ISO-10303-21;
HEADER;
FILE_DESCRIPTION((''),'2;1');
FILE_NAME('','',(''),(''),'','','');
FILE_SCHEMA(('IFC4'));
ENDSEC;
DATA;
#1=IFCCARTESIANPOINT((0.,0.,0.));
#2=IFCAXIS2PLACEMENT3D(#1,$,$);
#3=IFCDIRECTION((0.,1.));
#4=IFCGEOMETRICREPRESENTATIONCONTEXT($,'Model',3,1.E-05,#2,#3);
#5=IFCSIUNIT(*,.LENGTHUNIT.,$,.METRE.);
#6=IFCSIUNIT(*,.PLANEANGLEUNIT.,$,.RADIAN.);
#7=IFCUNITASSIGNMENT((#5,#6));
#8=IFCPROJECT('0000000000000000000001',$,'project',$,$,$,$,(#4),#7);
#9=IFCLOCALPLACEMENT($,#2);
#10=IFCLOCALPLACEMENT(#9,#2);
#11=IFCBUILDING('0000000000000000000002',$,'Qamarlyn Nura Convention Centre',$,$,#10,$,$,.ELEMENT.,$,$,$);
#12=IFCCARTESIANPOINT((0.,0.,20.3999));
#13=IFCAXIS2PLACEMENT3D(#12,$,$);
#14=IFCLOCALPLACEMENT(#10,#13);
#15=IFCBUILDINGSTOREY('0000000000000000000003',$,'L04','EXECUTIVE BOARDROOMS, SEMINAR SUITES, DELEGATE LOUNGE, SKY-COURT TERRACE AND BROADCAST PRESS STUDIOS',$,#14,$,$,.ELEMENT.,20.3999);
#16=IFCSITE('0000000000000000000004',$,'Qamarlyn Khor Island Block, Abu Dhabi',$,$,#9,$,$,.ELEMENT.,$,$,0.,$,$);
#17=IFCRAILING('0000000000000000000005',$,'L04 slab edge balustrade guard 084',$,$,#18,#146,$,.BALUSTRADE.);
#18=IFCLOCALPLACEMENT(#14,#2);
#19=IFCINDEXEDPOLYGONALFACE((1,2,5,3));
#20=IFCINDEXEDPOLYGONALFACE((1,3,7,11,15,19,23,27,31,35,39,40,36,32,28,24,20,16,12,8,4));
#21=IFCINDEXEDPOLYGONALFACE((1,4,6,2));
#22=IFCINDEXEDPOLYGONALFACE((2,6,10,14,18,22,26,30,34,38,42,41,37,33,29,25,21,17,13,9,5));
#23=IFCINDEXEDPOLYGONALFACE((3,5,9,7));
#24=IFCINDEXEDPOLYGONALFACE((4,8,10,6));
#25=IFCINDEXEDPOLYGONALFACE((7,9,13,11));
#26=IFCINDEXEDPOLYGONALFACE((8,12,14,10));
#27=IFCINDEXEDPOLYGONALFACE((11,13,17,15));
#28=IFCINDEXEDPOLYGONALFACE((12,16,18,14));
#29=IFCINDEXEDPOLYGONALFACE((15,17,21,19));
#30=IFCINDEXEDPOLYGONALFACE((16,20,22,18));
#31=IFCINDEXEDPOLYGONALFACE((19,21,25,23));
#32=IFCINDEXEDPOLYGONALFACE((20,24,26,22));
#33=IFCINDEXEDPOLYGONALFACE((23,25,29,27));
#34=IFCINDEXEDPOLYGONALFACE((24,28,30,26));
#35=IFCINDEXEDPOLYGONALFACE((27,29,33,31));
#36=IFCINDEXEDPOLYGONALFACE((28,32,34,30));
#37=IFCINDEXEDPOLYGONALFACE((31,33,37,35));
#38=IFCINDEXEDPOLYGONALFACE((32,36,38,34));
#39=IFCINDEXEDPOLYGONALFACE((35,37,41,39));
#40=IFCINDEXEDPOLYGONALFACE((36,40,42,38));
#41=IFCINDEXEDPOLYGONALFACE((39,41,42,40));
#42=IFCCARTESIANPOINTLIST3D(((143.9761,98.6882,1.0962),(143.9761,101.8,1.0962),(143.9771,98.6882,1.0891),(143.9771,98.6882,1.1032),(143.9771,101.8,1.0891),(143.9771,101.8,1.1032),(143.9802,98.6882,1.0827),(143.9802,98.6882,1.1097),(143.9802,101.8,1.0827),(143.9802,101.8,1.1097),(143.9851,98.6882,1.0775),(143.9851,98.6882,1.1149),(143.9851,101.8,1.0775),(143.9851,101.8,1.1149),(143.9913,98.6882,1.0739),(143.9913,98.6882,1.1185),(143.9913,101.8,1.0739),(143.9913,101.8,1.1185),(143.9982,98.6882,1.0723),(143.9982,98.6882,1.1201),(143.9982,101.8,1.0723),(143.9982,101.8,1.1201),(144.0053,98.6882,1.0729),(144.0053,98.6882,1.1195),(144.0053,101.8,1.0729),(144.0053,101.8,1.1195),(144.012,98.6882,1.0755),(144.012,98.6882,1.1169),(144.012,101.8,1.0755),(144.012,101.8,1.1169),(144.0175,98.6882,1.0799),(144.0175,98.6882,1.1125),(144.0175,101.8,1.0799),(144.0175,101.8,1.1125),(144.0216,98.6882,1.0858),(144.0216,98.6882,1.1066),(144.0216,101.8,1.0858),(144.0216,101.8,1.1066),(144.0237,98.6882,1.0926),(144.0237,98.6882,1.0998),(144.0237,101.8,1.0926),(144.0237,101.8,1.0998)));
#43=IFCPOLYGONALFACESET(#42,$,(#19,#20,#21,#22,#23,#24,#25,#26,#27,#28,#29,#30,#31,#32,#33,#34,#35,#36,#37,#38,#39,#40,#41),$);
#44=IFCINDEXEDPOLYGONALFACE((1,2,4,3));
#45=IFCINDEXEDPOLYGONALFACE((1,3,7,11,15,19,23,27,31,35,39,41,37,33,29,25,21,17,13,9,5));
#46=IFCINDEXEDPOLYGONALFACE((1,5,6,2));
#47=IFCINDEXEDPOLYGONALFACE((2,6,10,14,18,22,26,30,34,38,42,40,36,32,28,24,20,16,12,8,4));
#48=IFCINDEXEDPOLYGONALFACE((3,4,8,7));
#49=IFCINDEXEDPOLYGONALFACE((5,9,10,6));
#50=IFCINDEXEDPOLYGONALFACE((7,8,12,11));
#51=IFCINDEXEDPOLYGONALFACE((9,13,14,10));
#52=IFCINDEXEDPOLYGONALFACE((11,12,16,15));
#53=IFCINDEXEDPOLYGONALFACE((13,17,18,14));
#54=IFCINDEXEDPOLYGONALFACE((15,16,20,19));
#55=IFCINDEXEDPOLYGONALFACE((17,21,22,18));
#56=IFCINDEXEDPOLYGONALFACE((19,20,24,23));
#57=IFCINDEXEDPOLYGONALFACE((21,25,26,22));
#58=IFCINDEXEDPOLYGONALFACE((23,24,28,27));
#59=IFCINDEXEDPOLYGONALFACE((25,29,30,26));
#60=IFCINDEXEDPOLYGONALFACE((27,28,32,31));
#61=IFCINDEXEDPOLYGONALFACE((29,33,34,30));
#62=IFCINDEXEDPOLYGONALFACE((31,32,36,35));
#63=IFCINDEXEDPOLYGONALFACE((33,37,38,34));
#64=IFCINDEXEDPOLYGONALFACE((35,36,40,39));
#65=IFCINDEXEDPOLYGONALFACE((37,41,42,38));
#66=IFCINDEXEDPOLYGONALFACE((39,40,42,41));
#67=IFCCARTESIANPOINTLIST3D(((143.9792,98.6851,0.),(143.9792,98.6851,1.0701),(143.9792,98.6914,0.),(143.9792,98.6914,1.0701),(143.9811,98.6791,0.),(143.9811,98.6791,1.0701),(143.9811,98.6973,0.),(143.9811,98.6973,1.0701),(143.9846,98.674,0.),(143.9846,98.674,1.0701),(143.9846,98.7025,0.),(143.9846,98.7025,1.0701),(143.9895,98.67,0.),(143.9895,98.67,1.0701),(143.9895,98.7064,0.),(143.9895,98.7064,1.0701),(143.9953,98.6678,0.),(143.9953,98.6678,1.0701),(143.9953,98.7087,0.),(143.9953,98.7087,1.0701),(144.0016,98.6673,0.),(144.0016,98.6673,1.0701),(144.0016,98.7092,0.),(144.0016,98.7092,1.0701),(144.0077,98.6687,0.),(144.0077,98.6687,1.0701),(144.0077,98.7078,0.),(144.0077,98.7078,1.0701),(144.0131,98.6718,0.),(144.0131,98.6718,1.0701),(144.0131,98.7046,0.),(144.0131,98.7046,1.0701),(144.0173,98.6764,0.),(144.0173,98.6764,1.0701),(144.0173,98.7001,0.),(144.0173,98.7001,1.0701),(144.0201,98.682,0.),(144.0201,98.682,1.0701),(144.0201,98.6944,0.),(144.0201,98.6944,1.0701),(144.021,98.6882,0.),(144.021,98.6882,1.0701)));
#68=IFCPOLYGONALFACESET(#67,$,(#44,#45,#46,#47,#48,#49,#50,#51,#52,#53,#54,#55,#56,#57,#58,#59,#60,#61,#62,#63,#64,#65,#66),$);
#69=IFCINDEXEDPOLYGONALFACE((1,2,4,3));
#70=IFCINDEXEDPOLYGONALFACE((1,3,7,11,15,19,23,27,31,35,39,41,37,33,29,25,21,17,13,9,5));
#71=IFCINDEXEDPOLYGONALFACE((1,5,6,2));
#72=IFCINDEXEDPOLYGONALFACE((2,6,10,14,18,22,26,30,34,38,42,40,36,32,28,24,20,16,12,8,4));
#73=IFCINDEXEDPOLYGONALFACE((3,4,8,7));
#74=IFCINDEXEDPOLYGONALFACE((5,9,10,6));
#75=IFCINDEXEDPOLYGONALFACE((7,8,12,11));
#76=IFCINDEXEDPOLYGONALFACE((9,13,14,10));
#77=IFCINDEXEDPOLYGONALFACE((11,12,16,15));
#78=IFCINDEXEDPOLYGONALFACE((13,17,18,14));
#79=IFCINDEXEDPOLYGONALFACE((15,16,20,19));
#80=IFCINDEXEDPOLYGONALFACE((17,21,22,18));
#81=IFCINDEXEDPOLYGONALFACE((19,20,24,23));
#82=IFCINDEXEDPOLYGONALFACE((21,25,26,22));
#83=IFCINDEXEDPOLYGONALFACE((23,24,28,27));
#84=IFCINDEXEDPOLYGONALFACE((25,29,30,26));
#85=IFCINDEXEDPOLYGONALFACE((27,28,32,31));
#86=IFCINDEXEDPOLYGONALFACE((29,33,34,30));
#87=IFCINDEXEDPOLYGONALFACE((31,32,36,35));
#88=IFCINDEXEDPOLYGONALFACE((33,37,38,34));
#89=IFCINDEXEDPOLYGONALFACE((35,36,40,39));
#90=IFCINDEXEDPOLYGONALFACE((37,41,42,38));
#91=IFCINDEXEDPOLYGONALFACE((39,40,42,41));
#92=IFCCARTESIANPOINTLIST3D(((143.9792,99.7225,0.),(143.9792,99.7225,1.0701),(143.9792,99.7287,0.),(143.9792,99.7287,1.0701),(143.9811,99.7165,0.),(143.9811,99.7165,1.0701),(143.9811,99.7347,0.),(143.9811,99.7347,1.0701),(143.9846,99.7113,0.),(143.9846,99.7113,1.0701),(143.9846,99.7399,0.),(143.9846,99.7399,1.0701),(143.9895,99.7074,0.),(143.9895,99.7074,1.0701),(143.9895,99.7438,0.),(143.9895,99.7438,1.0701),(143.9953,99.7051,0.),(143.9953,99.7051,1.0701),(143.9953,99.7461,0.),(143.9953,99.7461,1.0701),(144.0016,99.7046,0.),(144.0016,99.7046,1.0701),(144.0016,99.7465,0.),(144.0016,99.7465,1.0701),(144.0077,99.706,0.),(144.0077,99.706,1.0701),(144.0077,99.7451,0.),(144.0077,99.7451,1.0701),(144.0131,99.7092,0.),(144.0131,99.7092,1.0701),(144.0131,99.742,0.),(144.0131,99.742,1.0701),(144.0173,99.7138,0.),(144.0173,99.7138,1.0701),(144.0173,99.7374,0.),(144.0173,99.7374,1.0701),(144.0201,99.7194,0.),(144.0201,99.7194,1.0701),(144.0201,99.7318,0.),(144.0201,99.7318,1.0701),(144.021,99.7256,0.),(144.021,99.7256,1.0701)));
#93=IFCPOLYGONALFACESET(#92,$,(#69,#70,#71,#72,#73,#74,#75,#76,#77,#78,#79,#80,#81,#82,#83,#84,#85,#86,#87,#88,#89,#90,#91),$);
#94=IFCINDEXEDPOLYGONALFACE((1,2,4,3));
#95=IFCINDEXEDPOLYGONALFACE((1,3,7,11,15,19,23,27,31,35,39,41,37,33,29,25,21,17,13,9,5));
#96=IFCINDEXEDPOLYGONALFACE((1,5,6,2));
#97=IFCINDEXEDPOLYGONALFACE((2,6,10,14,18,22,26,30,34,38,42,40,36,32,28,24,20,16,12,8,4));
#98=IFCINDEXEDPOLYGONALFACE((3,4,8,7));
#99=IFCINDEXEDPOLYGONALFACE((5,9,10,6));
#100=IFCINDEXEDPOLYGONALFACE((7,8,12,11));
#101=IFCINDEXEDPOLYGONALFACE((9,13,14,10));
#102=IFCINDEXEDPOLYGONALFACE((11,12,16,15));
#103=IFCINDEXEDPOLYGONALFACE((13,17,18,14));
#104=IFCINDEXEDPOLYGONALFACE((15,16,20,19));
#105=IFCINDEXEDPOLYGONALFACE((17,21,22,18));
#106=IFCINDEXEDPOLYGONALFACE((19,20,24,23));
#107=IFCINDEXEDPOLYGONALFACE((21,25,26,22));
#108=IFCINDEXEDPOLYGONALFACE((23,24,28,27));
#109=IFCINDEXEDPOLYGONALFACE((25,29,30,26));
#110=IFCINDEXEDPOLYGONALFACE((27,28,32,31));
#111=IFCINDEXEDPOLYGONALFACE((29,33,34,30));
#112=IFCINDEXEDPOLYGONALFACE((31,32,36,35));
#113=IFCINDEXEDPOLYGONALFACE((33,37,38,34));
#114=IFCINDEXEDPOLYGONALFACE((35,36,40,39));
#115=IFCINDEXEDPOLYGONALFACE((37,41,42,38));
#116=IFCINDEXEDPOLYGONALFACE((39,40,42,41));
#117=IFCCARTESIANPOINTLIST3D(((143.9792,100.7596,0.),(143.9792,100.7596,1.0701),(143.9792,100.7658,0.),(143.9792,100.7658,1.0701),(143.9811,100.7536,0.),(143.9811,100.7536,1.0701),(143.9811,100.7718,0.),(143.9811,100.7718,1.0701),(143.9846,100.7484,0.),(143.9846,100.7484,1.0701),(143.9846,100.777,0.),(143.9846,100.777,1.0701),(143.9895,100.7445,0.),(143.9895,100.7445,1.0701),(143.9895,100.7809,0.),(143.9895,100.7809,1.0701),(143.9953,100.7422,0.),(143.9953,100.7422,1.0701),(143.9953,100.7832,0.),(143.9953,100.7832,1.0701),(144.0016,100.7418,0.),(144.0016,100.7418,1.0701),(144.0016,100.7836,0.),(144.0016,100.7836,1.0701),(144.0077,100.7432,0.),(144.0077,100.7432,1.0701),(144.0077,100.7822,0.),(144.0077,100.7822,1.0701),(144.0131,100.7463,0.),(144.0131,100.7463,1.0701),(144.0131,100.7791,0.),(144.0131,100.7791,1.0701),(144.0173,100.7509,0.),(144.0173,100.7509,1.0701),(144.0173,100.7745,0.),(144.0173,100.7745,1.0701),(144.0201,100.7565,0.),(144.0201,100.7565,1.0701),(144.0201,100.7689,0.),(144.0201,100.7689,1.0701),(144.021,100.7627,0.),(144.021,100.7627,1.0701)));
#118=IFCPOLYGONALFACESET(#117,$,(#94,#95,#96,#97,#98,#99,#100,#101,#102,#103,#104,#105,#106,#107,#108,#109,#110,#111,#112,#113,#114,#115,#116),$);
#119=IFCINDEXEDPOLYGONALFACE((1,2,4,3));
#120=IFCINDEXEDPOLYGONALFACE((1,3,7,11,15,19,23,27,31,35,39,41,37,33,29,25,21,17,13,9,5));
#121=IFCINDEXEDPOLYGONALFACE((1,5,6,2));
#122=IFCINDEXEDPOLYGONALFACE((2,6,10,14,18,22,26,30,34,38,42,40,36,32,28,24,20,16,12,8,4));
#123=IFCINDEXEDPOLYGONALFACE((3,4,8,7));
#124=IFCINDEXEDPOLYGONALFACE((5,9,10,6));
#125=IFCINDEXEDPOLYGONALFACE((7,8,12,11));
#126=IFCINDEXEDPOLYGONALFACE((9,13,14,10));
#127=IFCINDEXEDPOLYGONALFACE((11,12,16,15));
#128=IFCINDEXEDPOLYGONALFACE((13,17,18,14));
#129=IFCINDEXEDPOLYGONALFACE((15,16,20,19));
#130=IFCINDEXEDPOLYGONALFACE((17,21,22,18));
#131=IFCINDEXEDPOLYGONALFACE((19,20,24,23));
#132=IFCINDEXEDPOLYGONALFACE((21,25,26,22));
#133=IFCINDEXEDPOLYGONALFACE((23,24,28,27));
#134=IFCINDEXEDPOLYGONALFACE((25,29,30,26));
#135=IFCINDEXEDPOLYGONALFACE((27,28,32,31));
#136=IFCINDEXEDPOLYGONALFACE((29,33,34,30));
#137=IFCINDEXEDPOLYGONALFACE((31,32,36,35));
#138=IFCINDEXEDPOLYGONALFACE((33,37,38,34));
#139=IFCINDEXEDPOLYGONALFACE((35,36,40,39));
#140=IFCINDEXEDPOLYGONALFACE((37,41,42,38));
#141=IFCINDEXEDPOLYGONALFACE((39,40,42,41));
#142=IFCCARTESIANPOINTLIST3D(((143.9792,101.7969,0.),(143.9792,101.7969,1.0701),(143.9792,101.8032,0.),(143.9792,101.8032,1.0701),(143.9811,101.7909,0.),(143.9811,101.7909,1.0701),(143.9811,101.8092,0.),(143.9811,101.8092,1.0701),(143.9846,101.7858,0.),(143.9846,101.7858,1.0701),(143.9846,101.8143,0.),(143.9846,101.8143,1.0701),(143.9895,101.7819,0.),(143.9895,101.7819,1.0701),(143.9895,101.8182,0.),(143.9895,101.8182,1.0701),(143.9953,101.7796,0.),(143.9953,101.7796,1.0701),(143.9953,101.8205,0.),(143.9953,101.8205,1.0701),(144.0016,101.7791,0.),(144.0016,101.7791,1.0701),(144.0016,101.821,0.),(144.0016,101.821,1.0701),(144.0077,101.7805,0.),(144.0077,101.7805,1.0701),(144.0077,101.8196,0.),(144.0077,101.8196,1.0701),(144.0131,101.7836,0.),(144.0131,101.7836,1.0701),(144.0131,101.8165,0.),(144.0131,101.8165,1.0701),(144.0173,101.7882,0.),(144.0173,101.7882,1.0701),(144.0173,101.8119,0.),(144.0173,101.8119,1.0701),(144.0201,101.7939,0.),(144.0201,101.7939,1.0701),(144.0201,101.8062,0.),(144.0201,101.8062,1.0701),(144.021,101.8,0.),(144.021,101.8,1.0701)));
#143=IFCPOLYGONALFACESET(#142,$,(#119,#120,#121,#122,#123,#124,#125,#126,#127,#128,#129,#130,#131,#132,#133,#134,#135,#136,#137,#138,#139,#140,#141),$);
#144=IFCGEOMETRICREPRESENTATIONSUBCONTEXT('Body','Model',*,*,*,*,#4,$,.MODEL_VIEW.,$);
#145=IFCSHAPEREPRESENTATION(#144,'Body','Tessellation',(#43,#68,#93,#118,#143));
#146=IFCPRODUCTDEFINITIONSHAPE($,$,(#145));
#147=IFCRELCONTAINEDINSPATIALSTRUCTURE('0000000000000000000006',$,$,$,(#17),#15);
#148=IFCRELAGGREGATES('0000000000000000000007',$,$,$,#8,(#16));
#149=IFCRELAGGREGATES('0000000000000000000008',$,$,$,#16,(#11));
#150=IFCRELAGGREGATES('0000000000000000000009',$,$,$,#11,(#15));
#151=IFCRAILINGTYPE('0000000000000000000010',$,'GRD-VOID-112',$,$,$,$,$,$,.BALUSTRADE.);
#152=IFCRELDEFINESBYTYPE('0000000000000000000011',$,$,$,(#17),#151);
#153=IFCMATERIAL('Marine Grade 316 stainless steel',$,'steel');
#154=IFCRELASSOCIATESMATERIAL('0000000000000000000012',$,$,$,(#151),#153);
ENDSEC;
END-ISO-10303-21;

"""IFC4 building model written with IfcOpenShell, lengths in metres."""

from ifc_helpers import new_model, si_unit, direction, frame, origin, origin_2d, place, context, subcontext, project, spatial, circle, extrude, material, type_object, element, save


model = new_model("IFC4")

# Units and contexts
model_context = context("Model", 3, precision=1e-05, world=origin(), true_north=direction((0.0, 1.0)))
body_context = subcontext(model_context, "Body", "Model", "MODEL_VIEW")
ifc_project = project(units=[si_unit("LENGTHUNIT", "METRE"), si_unit("PLANEANGLEUNIT", "RADIAN")], contexts=[model_context])

# Site, building, storey
site_placement = place(None, origin())
site = spatial("IfcSite", under=ifc_project, at=site_placement, Name="Qamarlyn Khor Island Block, Abu Dhabi", CompositionType="ELEMENT", RefElevation=0.0)
building_placement = place(site_placement, origin())
building = spatial("IfcBuilding", under=site, at=building_placement, Name="Qamarlyn Nura Convention Centre", CompositionType="ELEMENT")
storey_placement = place(building_placement, frame((0.0, 0.0, 20.3999)))
storey = spatial("IfcBuildingStorey", under=building, at=storey_placement, Name="L04", Description="EXECUTIVE BOARDROOMS, SEMINAR SUITES, DELEGATE LOUNGE, SKY-COURT TERRACE AND BROADCAST PRESS STUDIOS", CompositionType="ELEMENT", Elevation=20.3999)

# Railing
ifc_material_1 = material(Name="Marine Grade 316 stainless steel", Category="steel")
railing_type_1 = type_object("IfcRailingType", Name="GRD-VOID-112", PredefinedType="BALUSTRADE", material=ifc_material_1)
railing_1_placement = place(storey_placement, frame((144.0, 98.6882, 0.0)))
element("IfcRailing", 1, at=railing_1_placement, inside=storey, type_object=railing_type_1, Name="L04 slab edge balustrade guard 084", PredefinedType="BALUSTRADE", context=body_context, shape_type="SweptSolid", body=[
    extrude(circle(Radius=0.0239, at=origin_2d()), frame((0.0, 0.0, 1.0962), z_axis=(0.0, 1.0, 0.0), x_axis=(-1.0, 0.0, 0.0)), (0.0, 0.0, 1.0), 3.1118),
    extrude(circle(Radius=0.021, at=origin_2d()), origin(), (0.0, 0.0, 1.0), 1.0701),
    extrude(circle(Radius=0.021, at=origin_2d()), frame((0.0, 1.0374, 0.0)), (0.0, 0.0, 1.0), 1.0701),
    extrude(circle(Radius=0.021, at=origin_2d()), frame((0.0, 2.0745, 0.0)), (0.0, 0.0, 1.0), 1.0701),
    extrude(circle(Radius=0.021, at=origin_2d()), frame((0.0, 3.1118, 0.0)), (0.0, 0.0, 1.0), 1.0701),
])

save(model, "model.ifc")
